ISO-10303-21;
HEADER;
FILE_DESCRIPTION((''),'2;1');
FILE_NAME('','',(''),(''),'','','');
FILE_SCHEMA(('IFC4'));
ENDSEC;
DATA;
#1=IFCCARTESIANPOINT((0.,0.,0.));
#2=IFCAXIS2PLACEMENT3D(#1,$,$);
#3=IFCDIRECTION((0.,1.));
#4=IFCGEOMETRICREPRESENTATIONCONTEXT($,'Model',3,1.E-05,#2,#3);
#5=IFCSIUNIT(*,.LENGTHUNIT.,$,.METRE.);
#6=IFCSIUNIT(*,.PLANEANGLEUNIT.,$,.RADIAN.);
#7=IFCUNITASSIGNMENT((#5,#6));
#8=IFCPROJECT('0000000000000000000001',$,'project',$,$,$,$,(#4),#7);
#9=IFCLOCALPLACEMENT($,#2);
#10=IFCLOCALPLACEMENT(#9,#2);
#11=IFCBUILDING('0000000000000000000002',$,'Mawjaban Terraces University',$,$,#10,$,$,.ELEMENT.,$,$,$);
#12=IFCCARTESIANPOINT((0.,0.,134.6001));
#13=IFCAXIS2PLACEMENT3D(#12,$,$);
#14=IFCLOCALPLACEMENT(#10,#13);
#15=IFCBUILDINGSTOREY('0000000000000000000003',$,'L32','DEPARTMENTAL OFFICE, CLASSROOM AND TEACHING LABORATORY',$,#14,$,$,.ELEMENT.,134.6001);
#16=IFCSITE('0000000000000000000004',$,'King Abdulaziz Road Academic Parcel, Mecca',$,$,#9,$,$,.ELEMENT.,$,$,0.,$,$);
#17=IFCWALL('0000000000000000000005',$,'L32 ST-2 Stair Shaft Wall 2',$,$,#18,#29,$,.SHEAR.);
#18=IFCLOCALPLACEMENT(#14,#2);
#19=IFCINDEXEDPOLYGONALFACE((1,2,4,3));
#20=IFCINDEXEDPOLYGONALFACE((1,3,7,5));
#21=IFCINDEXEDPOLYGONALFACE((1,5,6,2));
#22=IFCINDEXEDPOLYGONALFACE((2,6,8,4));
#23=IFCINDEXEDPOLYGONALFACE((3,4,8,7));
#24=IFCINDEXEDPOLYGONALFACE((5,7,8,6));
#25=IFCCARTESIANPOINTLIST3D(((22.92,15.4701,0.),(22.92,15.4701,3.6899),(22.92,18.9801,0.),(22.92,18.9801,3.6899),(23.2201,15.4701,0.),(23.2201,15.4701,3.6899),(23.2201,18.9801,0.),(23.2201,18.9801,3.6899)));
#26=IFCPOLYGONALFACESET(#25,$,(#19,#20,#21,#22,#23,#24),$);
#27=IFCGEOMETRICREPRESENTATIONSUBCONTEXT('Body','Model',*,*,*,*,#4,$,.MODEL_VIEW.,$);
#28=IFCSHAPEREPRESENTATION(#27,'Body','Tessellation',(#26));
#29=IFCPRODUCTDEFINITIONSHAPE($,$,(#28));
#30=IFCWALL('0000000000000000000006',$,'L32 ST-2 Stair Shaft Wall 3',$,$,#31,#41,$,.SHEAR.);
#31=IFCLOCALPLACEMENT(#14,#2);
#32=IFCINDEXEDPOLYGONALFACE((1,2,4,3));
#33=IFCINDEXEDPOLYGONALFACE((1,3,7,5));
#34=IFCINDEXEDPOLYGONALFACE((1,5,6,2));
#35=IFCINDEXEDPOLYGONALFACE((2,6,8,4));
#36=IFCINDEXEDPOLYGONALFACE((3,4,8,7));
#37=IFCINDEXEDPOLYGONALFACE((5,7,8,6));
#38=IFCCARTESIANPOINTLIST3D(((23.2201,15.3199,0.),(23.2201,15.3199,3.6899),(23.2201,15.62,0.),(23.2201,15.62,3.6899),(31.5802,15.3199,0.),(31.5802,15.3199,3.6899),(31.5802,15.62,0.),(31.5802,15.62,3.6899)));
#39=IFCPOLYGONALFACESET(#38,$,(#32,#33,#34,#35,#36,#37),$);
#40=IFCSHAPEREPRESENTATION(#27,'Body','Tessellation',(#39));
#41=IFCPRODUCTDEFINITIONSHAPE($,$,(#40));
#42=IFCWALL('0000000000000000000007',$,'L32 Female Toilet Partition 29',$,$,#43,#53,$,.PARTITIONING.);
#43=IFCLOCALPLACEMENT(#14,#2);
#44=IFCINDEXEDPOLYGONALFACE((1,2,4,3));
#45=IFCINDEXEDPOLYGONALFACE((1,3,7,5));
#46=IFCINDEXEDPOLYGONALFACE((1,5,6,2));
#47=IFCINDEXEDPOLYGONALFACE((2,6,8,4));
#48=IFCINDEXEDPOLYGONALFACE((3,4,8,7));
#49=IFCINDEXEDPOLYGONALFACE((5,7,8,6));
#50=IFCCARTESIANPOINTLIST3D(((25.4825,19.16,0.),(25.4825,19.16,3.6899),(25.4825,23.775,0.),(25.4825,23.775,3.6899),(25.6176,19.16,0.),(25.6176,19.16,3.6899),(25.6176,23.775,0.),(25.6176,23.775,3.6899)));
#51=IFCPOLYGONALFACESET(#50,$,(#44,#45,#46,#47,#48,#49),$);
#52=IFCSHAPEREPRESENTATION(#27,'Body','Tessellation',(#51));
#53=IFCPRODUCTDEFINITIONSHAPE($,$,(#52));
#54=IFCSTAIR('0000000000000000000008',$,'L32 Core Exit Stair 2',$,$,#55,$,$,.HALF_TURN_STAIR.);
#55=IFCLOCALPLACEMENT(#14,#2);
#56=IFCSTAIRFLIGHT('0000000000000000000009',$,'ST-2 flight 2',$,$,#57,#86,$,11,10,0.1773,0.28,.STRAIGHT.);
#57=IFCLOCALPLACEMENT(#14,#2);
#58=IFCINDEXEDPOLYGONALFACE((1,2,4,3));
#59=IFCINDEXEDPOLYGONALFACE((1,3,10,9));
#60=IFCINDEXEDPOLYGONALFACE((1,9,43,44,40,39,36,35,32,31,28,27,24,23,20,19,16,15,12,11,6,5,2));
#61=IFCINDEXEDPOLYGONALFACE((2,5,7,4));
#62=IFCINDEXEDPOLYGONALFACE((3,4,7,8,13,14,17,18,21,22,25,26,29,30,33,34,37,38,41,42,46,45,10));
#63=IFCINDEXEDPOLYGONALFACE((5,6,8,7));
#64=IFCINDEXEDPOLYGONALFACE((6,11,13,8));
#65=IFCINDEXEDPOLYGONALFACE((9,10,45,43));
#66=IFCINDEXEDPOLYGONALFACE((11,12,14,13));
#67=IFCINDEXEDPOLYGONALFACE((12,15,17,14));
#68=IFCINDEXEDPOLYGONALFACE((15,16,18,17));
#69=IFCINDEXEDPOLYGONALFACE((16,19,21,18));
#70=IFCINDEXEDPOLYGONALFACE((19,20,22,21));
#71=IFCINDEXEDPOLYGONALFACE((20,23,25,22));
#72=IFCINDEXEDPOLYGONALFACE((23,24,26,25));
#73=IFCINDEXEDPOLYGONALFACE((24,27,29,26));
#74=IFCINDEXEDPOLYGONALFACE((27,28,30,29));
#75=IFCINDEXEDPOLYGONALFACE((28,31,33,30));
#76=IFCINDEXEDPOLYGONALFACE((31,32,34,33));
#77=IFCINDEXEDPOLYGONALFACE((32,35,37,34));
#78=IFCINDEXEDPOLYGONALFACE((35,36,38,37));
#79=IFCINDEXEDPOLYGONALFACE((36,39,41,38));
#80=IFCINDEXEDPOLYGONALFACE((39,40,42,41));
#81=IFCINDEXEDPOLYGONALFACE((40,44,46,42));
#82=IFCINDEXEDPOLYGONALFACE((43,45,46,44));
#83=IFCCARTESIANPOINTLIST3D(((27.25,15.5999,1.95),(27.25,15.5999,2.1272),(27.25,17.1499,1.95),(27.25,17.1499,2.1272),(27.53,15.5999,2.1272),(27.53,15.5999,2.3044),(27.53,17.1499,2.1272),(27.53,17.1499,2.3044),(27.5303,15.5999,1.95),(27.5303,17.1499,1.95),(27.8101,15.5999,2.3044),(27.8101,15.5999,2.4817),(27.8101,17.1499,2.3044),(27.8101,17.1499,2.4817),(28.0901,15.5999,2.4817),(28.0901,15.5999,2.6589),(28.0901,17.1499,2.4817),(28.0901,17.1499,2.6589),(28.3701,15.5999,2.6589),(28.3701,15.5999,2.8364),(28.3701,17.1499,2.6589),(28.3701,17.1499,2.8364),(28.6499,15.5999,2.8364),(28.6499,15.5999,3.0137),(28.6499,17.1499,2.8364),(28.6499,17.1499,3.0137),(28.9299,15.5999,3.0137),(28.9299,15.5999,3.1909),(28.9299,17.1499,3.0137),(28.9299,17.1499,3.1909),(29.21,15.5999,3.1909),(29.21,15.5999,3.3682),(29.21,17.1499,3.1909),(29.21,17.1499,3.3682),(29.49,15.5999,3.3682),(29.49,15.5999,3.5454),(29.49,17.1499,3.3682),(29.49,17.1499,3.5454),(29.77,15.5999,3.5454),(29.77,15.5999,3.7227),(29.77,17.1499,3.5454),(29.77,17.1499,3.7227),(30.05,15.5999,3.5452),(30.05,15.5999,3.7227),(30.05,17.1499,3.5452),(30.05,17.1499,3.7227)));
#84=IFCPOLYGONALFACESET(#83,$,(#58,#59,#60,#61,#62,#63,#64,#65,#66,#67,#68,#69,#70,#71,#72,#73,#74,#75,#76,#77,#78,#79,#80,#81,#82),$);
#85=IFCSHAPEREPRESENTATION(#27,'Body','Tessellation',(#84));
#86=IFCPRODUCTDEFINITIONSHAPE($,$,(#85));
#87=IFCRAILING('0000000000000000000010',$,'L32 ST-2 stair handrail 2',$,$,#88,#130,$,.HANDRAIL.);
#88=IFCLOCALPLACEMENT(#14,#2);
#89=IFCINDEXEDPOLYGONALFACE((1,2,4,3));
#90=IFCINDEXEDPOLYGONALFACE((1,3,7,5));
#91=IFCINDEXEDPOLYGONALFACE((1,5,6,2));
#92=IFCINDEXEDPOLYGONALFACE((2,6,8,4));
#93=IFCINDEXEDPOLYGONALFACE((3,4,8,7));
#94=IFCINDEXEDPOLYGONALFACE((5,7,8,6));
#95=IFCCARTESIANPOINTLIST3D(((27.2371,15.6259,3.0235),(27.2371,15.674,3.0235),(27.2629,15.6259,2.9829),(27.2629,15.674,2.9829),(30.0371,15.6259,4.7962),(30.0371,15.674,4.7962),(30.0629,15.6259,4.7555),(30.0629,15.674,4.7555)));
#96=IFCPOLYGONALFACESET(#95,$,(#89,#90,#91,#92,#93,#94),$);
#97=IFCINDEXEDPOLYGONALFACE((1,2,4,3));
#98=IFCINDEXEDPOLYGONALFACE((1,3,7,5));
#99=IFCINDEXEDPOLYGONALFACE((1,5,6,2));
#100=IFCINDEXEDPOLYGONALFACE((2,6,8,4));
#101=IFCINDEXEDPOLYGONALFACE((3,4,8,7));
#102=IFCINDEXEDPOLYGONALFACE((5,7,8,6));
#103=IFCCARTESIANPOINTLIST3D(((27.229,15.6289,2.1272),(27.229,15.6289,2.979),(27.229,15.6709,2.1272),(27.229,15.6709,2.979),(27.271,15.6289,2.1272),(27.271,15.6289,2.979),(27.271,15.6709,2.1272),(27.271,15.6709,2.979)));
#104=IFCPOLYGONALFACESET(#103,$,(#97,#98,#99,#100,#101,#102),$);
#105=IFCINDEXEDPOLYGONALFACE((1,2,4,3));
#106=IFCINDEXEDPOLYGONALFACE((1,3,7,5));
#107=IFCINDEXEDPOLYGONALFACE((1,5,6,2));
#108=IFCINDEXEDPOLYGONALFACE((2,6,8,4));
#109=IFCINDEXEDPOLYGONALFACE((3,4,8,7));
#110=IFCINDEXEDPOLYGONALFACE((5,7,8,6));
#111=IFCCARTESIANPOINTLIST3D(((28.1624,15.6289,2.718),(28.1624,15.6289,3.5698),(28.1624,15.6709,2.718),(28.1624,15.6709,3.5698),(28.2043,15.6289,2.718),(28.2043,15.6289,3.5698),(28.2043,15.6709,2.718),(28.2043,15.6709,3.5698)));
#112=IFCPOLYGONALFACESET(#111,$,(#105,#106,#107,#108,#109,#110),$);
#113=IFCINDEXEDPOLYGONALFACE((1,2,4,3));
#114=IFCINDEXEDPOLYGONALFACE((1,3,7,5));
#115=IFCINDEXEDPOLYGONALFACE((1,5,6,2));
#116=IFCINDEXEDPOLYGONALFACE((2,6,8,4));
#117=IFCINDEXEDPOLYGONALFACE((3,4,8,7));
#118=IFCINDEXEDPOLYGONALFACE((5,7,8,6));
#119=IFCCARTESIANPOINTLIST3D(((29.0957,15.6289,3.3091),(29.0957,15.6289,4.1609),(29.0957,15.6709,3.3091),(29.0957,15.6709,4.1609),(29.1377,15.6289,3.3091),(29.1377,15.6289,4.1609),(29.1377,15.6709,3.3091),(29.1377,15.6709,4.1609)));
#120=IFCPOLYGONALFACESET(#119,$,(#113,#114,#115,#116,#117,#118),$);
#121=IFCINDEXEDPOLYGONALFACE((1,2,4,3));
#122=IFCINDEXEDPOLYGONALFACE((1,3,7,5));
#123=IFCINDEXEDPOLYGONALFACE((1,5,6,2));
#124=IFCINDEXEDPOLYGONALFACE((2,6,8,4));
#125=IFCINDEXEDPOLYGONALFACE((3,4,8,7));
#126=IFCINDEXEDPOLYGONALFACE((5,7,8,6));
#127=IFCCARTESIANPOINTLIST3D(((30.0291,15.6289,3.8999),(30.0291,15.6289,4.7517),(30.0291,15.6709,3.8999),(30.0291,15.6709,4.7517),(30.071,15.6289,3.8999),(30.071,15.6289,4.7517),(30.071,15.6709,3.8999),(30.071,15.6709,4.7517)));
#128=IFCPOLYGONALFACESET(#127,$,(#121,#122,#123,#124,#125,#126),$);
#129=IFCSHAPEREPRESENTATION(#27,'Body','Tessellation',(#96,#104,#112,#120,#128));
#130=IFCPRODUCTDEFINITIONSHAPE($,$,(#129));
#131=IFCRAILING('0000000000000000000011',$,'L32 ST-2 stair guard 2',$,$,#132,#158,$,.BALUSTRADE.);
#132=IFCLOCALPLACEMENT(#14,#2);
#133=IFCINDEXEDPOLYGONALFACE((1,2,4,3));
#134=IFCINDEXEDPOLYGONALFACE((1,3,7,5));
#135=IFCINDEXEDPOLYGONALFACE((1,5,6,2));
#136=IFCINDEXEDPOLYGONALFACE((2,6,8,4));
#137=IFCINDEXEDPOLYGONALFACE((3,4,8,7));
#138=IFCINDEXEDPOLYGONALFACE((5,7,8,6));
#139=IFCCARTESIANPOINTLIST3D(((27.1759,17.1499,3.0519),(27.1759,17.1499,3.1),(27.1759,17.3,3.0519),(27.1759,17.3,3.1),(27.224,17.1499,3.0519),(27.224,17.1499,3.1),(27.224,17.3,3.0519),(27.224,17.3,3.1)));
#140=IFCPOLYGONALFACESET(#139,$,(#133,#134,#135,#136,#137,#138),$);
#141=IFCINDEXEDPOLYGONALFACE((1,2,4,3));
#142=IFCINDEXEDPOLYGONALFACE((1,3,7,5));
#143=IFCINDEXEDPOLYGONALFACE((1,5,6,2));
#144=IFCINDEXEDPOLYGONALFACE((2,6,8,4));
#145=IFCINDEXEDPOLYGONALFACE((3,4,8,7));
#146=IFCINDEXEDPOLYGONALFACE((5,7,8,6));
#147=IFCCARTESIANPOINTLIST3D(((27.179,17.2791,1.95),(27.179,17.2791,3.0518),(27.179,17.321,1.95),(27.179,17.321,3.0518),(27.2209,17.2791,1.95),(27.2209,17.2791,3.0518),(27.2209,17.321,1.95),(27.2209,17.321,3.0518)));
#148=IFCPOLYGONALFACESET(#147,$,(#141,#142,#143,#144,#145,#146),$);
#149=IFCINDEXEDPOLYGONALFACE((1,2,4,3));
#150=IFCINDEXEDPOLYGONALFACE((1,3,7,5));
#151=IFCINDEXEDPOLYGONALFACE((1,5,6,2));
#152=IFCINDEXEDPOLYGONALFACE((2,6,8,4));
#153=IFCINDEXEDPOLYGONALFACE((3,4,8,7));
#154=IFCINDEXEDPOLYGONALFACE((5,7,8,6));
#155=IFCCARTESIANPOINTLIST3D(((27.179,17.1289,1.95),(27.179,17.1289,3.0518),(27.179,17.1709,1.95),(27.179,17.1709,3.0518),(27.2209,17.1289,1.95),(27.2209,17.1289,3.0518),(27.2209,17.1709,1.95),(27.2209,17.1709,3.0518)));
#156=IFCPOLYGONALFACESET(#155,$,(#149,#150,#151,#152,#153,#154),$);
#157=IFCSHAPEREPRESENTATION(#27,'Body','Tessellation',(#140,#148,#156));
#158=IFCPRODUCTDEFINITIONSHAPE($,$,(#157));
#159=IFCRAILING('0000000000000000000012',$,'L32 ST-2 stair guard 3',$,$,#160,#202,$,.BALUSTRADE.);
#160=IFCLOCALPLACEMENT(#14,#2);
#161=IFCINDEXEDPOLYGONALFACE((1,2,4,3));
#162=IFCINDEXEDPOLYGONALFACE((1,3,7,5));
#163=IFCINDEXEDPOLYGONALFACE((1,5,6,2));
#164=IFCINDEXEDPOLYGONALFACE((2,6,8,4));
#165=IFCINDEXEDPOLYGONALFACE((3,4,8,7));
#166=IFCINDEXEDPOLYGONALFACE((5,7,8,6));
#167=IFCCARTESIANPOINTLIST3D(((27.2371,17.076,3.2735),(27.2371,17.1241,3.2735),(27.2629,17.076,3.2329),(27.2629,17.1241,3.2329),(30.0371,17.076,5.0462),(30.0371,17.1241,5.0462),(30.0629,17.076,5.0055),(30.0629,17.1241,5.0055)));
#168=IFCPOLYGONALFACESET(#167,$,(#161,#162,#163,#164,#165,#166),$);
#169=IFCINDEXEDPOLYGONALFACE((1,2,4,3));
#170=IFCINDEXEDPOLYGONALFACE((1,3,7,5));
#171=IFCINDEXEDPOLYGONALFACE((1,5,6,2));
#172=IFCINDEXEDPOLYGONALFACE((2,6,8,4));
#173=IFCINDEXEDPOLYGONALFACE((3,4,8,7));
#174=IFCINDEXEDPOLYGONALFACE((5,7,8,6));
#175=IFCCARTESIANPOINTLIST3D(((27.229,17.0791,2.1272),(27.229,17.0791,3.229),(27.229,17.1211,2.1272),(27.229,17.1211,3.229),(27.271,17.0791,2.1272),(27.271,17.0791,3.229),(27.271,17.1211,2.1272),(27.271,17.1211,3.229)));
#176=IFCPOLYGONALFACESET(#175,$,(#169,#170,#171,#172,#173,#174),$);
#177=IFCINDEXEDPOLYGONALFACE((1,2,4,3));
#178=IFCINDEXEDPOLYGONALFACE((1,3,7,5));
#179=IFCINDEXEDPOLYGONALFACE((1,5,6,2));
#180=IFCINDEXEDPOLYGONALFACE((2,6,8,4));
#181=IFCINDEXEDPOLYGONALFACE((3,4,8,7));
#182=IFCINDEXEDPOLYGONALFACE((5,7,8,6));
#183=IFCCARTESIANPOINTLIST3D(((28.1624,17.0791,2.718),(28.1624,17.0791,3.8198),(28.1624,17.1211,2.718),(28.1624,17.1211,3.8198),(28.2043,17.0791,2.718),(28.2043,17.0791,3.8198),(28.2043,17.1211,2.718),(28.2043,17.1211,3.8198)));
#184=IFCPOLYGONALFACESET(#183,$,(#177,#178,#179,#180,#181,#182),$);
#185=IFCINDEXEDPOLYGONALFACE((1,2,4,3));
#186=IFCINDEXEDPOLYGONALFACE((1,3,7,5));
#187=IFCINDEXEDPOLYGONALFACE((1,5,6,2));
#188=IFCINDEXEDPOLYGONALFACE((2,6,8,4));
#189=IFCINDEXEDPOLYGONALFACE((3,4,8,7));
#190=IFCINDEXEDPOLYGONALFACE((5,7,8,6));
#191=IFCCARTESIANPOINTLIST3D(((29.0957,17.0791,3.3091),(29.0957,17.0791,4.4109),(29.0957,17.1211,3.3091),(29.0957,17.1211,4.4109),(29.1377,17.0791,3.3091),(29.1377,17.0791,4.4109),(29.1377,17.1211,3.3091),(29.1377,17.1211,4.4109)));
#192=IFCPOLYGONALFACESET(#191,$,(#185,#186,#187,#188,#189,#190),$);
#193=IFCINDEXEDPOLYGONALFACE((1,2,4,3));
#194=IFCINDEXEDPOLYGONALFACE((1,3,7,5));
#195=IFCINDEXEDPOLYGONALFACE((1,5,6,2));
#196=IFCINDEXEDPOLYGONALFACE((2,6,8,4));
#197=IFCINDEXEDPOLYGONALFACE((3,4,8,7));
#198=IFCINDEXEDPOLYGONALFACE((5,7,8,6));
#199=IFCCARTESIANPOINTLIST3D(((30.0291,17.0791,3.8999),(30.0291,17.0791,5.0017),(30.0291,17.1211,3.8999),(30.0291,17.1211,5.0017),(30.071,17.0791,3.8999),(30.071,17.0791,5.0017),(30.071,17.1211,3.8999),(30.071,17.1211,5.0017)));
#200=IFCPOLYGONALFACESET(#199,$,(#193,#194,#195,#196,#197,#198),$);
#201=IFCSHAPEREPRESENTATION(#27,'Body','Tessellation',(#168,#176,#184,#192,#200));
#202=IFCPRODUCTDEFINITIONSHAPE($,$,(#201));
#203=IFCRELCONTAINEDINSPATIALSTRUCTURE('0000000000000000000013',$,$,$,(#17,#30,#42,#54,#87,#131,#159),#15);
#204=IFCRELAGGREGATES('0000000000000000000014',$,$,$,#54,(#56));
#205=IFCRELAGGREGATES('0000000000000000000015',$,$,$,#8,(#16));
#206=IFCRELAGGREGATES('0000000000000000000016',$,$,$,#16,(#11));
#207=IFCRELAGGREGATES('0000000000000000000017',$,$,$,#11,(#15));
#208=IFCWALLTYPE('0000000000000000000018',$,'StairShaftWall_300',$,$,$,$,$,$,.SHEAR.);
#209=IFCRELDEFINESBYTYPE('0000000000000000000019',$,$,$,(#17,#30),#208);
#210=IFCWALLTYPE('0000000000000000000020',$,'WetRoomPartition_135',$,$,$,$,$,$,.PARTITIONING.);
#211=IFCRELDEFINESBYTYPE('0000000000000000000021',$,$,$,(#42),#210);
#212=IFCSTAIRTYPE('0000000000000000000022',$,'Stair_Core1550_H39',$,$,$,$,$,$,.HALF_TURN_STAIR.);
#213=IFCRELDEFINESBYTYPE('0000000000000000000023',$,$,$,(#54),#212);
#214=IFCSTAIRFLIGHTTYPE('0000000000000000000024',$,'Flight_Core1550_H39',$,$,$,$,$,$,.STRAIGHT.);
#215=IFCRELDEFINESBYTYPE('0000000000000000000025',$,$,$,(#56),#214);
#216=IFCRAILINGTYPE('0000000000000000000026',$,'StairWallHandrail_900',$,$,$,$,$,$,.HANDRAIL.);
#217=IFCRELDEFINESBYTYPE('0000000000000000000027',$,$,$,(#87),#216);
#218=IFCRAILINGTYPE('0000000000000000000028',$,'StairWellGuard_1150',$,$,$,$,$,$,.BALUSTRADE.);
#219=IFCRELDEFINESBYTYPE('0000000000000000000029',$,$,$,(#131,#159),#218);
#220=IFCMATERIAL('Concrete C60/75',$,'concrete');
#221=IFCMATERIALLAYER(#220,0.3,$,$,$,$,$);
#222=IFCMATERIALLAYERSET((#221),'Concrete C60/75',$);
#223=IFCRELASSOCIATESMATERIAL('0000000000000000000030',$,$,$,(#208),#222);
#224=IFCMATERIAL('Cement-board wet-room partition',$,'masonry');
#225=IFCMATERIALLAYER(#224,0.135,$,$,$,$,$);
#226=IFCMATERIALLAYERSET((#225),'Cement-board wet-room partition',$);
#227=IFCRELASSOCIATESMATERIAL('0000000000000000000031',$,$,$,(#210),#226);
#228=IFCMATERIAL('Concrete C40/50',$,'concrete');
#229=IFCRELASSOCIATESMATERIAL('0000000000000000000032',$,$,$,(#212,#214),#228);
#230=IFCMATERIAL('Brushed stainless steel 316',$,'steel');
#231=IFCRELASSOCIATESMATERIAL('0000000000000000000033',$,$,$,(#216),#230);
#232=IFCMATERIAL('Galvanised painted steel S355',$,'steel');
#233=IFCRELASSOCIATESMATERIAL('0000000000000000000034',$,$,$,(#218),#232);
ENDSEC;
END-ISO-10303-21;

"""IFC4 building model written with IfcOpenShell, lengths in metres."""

from ifc_helpers import new_model, si_unit, direction, frame, frame_2d, origin, origin_2d, place, context, subcontext, project, spatial, polyline, rectangle, outline, extrude, material, layer, layer_set, type_object, element, aggregate, save


model = new_model("IFC4")

# Units and contexts
model_context = context("Model", 3, precision=1e-05, world=origin(), true_north=direction((0.0, 1.0)))
body_context = subcontext(model_context, "Body", "Model", "MODEL_VIEW")
ifc_project = project(units=[si_unit("LENGTHUNIT", "METRE"), si_unit("PLANEANGLEUNIT", "RADIAN")], contexts=[model_context])

# Site, building, storey
site_placement = place(None, origin())
site = spatial("IfcSite", under=ifc_project, at=site_placement, Name="King Abdulaziz Road Academic Parcel, Mecca", CompositionType="ELEMENT", RefElevation=0.0)
building_placement = place(site_placement, origin())
building = spatial("IfcBuilding", under=site, at=building_placement, Name="Mawjaban Terraces University", CompositionType="ELEMENT")
storey_placement = place(building_placement, frame((0.0, 0.0, 134.6001)))
storey = spatial("IfcBuildingStorey", under=building, at=storey_placement, Name="L32", Description="DEPARTMENTAL OFFICE, CLASSROOM AND TEACHING LABORATORY", CompositionType="ELEMENT", Elevation=134.6001)

# Shared definitions
ifc_material_1 = material(Name="Concrete C60/75", Category="concrete")

# Walls
ifc_material_2 = material(Name="Concrete C40/50", Category="concrete")
ifc_layer_1 = layer(ifc_material_1, 0.3)
ifc_layer_set_1 = layer_set([ifc_layer_1], Name="Concrete C60/75")
wall_type_1 = type_object("IfcWallType", Name="StairShaftWall_300", PredefinedType="SHEAR", material=ifc_layer_set_1)
wall_1_placement = place(storey_placement, frame((23.0701, 18.98, 0.0), z_axis=(0.0, 0.0, 1.0), x_axis=(0.0, -1.0, 0.0)))
element("IfcWall", 1, at=wall_1_placement, inside=storey, type_object=wall_type_1, Name="L32 ST-2 Stair Shaft Wall 2", PredefinedType="SHEAR", context=body_context, shape_type="SweptSolid", body=[
    extrude(rectangle(XDim=3.51, YDim=0.3, at=frame_2d((1.7549, 0.0))), origin(), (0.0, 0.0, 1.0), 3.6899),
])
wall_2_placement = place(storey_placement, frame((23.22, 15.47, 0.0), z_axis=(0.0, 0.0, 1.0), x_axis=(1.0, 0.0, 0.0)))
element("IfcWall", 2, at=wall_2_placement, inside=storey, type_object=wall_type_1, Name="L32 ST-2 Stair Shaft Wall 3", PredefinedType="SHEAR", context=body_context, shape_type="SweptSolid", body=[
    extrude(rectangle(XDim=8.3601, YDim=0.3, at=frame_2d((4.1802, 0.0))), origin(), (0.0, 0.0, 1.0), 3.6899),
])
ifc_material_3 = material(Name="Cement-board wet-room partition", Category="masonry")
ifc_layer_2 = layer(ifc_material_3, 0.135)
ifc_layer_set_2 = layer_set([ifc_layer_2], Name="Cement-board wet-room partition")
wall_type_2 = type_object("IfcWallType", Name="WetRoomPartition_135", PredefinedType="PARTITIONING", material=ifc_layer_set_2)
wall_3_placement = place(storey_placement, frame((25.55, 19.1599, 0.0), z_axis=(0.0, 0.0, 1.0), x_axis=(0.0, 1.0, 0.0)))
element("IfcWall", 3, at=wall_3_placement, inside=storey, type_object=wall_type_2, Name="L32 Female Toilet Partition 29", PredefinedType="PARTITIONING", context=body_context, shape_type="SweptSolid", body=[
    extrude(rectangle(XDim=4.615, YDim=0.135, at=frame_2d((2.3076, 0.0))), origin(), (0.0, 0.0, 1.0), 3.6899),
])

# Stair, stair flight
stair_type = type_object("IfcStairType", Name="Stair_Core1550_H39", PredefinedType="HALF_TURN_STAIR", material=ifc_material_2)
stair_placement = place(storey_placement, origin())
stair = element("IfcStair", 4, at=stair_placement, inside=storey, type_object=stair_type, Name="L32 Core Exit Stair 2", PredefinedType="HALF_TURN_STAIR")
stair_flight_type = type_object("IfcStairFlightType", Name="Flight_Core1550_H39", PredefinedType="STRAIGHT", material=ifc_material_2)
stair_flight_placement = place(storey_placement, frame((27.25, 16.375, 1.95), z_axis=(0.0, 0.0, 1.0), x_axis=(1.0, 0.0, 0.0)))
stair_flight = element("IfcStairFlight", 5, at=stair_flight_placement, type_object=stair_flight_type, Name="ST-2 flight 2", NumberOfRisers=11, NumberOfTreads=10, PredefinedType="STRAIGHT", RiserHeight=0.1773, TreadLength=0.28, context=body_context, shape_type="SweptSolid", body=[
    extrude(outline(polyline([(0.0, 0.0), (0.0, 0.1772), (0.28, 0.1772), (0.28, 0.3545), (0.5601, 0.3545), (0.5601, 0.5317), (0.8401, 0.5317), (0.8401, 0.709), (1.1201, 0.709), (1.1201, 0.8865), (1.3999, 0.8865), (1.3999, 1.0637), (1.6799, 1.0637), (1.6799, 1.241), (1.96, 1.241), (1.96, 1.4182), (2.24, 1.4182), (2.24, 1.5955), (2.52, 1.5955), (2.52, 1.7727), (2.8, 1.7727), (2.8, 1.95), (2.8, 1.5952), (0.2803, 0.0), (0.0, 0.0)])), frame((0.0, 0.7749, 0.0), z_axis=(0.0, -1.0, 0.0), x_axis=(1.0, 0.0, 0.0)), (0.0, 0.0, 1.0), 1.55),
])
aggregate(stair, [stair_flight])

# Railings
ifc_material_4 = material(Name="Brushed stainless steel 316", Category="steel")
railing_type_1 = type_object("IfcRailingType", Name="StairWallHandrail_900", PredefinedType="HANDRAIL", material=ifc_material_4)
railing_1_placement = place(storey_placement, frame((27.25, 15.6499, 2.1272)))
element("IfcRailing", 6, at=railing_1_placement, inside=storey, type_object=railing_type_1, Name="L32 ST-2 stair handrail 2", PredefinedType="HANDRAIL", context=body_context, shape_type="SweptSolid", body=[
    extrude(rectangle(XDim=0.0481, YDim=0.0481, at=origin_2d()), frame((0.0, 0.0, 0.876), z_axis=(0.844909, 0.0, 0.53491), x_axis=(0.0, 1.0, 0.0)), (0.0, 0.0, 1.0), 3.314),
    extrude(rectangle(XDim=0.042, YDim=0.042, at=origin_2d()), origin(), (0.0, 0.0, 1.0), 0.8518),
    extrude(rectangle(XDim=0.042, YDim=0.042, at=origin_2d()), frame((0.9333, 0.0, 0.5908)), (0.0, 0.0, 1.0), 0.8518),
    extrude(rectangle(XDim=0.042, YDim=0.042, at=origin_2d()), frame((1.8667, 0.0, 1.1819)), (0.0, 0.0, 1.0), 0.8518),
    extrude(rectangle(XDim=0.042, YDim=0.042, at=origin_2d()), frame((2.8, 0.0, 1.7727)), (0.0, 0.0, 1.0), 0.8518),
])
ifc_material_5 = material(Name="Galvanised painted steel S355", Category="steel")
railing_type_2 = type_object("IfcRailingType", Name="StairWellGuard_1150", PredefinedType="BALUSTRADE", material=ifc_material_5)
railing_2_placement = place(storey_placement, frame((27.2, 17.3, 1.95)))
element("IfcRailing", 7, at=railing_2_placement, inside=storey, type_object=railing_type_2, Name="L32 ST-2 stair guard 2", PredefinedType="BALUSTRADE", context=body_context, shape_type="SweptSolid", body=[
    extrude(rectangle(XDim=0.0481, YDim=0.0481, at=origin_2d()), frame((0.0, 0.0, 1.126), z_axis=(0.0, -1.0, 0.0), x_axis=(1.0, 0.0, 0.0)), (0.0, 0.0, 1.0), 0.1501),
    extrude(rectangle(XDim=0.042, YDim=0.042, at=origin_2d()), origin(), (0.0, 0.0, 1.0), 1.1018),
    extrude(rectangle(XDim=0.042, YDim=0.042, at=origin_2d()), frame((0.0, -0.1501, 0.0)), (0.0, 0.0, 1.0), 1.1018),
])
railing_3_placement = place(storey_placement, frame((27.25, 17.1001, 2.1272)))
element("IfcRailing", 8, at=railing_3_placement, inside=storey, type_object=railing_type_2, Name="L32 ST-2 stair guard 3", PredefinedType="BALUSTRADE", context=body_context, shape_type="SweptSolid", body=[
    extrude(rectangle(XDim=0.0481, YDim=0.0481, at=origin_2d()), frame((0.0, 0.0, 1.126), z_axis=(0.844909, 0.0, 0.53491), x_axis=(0.0, 1.0, 0.0)), (0.0, 0.0, 1.0), 3.314),
    extrude(rectangle(XDim=0.042, YDim=0.042, at=origin_2d()), origin(), (0.0, 0.0, 1.0), 1.1018),
    extrude(rectangle(XDim=0.042, YDim=0.042, at=origin_2d()), frame((0.9333, 0.0, 0.5908)), (0.0, 0.0, 1.0), 1.1018),
    extrude(rectangle(XDim=0.042, YDim=0.042, at=origin_2d()), frame((1.8667, 0.0, 1.1819)), (0.0, 0.0, 1.0), 1.1018),
    extrude(rectangle(XDim=0.042, YDim=0.042, at=origin_2d()), frame((2.8, 0.0, 1.7727)), (0.0, 0.0, 1.0), 1.1018),
])

save(model, "model.ifc")
